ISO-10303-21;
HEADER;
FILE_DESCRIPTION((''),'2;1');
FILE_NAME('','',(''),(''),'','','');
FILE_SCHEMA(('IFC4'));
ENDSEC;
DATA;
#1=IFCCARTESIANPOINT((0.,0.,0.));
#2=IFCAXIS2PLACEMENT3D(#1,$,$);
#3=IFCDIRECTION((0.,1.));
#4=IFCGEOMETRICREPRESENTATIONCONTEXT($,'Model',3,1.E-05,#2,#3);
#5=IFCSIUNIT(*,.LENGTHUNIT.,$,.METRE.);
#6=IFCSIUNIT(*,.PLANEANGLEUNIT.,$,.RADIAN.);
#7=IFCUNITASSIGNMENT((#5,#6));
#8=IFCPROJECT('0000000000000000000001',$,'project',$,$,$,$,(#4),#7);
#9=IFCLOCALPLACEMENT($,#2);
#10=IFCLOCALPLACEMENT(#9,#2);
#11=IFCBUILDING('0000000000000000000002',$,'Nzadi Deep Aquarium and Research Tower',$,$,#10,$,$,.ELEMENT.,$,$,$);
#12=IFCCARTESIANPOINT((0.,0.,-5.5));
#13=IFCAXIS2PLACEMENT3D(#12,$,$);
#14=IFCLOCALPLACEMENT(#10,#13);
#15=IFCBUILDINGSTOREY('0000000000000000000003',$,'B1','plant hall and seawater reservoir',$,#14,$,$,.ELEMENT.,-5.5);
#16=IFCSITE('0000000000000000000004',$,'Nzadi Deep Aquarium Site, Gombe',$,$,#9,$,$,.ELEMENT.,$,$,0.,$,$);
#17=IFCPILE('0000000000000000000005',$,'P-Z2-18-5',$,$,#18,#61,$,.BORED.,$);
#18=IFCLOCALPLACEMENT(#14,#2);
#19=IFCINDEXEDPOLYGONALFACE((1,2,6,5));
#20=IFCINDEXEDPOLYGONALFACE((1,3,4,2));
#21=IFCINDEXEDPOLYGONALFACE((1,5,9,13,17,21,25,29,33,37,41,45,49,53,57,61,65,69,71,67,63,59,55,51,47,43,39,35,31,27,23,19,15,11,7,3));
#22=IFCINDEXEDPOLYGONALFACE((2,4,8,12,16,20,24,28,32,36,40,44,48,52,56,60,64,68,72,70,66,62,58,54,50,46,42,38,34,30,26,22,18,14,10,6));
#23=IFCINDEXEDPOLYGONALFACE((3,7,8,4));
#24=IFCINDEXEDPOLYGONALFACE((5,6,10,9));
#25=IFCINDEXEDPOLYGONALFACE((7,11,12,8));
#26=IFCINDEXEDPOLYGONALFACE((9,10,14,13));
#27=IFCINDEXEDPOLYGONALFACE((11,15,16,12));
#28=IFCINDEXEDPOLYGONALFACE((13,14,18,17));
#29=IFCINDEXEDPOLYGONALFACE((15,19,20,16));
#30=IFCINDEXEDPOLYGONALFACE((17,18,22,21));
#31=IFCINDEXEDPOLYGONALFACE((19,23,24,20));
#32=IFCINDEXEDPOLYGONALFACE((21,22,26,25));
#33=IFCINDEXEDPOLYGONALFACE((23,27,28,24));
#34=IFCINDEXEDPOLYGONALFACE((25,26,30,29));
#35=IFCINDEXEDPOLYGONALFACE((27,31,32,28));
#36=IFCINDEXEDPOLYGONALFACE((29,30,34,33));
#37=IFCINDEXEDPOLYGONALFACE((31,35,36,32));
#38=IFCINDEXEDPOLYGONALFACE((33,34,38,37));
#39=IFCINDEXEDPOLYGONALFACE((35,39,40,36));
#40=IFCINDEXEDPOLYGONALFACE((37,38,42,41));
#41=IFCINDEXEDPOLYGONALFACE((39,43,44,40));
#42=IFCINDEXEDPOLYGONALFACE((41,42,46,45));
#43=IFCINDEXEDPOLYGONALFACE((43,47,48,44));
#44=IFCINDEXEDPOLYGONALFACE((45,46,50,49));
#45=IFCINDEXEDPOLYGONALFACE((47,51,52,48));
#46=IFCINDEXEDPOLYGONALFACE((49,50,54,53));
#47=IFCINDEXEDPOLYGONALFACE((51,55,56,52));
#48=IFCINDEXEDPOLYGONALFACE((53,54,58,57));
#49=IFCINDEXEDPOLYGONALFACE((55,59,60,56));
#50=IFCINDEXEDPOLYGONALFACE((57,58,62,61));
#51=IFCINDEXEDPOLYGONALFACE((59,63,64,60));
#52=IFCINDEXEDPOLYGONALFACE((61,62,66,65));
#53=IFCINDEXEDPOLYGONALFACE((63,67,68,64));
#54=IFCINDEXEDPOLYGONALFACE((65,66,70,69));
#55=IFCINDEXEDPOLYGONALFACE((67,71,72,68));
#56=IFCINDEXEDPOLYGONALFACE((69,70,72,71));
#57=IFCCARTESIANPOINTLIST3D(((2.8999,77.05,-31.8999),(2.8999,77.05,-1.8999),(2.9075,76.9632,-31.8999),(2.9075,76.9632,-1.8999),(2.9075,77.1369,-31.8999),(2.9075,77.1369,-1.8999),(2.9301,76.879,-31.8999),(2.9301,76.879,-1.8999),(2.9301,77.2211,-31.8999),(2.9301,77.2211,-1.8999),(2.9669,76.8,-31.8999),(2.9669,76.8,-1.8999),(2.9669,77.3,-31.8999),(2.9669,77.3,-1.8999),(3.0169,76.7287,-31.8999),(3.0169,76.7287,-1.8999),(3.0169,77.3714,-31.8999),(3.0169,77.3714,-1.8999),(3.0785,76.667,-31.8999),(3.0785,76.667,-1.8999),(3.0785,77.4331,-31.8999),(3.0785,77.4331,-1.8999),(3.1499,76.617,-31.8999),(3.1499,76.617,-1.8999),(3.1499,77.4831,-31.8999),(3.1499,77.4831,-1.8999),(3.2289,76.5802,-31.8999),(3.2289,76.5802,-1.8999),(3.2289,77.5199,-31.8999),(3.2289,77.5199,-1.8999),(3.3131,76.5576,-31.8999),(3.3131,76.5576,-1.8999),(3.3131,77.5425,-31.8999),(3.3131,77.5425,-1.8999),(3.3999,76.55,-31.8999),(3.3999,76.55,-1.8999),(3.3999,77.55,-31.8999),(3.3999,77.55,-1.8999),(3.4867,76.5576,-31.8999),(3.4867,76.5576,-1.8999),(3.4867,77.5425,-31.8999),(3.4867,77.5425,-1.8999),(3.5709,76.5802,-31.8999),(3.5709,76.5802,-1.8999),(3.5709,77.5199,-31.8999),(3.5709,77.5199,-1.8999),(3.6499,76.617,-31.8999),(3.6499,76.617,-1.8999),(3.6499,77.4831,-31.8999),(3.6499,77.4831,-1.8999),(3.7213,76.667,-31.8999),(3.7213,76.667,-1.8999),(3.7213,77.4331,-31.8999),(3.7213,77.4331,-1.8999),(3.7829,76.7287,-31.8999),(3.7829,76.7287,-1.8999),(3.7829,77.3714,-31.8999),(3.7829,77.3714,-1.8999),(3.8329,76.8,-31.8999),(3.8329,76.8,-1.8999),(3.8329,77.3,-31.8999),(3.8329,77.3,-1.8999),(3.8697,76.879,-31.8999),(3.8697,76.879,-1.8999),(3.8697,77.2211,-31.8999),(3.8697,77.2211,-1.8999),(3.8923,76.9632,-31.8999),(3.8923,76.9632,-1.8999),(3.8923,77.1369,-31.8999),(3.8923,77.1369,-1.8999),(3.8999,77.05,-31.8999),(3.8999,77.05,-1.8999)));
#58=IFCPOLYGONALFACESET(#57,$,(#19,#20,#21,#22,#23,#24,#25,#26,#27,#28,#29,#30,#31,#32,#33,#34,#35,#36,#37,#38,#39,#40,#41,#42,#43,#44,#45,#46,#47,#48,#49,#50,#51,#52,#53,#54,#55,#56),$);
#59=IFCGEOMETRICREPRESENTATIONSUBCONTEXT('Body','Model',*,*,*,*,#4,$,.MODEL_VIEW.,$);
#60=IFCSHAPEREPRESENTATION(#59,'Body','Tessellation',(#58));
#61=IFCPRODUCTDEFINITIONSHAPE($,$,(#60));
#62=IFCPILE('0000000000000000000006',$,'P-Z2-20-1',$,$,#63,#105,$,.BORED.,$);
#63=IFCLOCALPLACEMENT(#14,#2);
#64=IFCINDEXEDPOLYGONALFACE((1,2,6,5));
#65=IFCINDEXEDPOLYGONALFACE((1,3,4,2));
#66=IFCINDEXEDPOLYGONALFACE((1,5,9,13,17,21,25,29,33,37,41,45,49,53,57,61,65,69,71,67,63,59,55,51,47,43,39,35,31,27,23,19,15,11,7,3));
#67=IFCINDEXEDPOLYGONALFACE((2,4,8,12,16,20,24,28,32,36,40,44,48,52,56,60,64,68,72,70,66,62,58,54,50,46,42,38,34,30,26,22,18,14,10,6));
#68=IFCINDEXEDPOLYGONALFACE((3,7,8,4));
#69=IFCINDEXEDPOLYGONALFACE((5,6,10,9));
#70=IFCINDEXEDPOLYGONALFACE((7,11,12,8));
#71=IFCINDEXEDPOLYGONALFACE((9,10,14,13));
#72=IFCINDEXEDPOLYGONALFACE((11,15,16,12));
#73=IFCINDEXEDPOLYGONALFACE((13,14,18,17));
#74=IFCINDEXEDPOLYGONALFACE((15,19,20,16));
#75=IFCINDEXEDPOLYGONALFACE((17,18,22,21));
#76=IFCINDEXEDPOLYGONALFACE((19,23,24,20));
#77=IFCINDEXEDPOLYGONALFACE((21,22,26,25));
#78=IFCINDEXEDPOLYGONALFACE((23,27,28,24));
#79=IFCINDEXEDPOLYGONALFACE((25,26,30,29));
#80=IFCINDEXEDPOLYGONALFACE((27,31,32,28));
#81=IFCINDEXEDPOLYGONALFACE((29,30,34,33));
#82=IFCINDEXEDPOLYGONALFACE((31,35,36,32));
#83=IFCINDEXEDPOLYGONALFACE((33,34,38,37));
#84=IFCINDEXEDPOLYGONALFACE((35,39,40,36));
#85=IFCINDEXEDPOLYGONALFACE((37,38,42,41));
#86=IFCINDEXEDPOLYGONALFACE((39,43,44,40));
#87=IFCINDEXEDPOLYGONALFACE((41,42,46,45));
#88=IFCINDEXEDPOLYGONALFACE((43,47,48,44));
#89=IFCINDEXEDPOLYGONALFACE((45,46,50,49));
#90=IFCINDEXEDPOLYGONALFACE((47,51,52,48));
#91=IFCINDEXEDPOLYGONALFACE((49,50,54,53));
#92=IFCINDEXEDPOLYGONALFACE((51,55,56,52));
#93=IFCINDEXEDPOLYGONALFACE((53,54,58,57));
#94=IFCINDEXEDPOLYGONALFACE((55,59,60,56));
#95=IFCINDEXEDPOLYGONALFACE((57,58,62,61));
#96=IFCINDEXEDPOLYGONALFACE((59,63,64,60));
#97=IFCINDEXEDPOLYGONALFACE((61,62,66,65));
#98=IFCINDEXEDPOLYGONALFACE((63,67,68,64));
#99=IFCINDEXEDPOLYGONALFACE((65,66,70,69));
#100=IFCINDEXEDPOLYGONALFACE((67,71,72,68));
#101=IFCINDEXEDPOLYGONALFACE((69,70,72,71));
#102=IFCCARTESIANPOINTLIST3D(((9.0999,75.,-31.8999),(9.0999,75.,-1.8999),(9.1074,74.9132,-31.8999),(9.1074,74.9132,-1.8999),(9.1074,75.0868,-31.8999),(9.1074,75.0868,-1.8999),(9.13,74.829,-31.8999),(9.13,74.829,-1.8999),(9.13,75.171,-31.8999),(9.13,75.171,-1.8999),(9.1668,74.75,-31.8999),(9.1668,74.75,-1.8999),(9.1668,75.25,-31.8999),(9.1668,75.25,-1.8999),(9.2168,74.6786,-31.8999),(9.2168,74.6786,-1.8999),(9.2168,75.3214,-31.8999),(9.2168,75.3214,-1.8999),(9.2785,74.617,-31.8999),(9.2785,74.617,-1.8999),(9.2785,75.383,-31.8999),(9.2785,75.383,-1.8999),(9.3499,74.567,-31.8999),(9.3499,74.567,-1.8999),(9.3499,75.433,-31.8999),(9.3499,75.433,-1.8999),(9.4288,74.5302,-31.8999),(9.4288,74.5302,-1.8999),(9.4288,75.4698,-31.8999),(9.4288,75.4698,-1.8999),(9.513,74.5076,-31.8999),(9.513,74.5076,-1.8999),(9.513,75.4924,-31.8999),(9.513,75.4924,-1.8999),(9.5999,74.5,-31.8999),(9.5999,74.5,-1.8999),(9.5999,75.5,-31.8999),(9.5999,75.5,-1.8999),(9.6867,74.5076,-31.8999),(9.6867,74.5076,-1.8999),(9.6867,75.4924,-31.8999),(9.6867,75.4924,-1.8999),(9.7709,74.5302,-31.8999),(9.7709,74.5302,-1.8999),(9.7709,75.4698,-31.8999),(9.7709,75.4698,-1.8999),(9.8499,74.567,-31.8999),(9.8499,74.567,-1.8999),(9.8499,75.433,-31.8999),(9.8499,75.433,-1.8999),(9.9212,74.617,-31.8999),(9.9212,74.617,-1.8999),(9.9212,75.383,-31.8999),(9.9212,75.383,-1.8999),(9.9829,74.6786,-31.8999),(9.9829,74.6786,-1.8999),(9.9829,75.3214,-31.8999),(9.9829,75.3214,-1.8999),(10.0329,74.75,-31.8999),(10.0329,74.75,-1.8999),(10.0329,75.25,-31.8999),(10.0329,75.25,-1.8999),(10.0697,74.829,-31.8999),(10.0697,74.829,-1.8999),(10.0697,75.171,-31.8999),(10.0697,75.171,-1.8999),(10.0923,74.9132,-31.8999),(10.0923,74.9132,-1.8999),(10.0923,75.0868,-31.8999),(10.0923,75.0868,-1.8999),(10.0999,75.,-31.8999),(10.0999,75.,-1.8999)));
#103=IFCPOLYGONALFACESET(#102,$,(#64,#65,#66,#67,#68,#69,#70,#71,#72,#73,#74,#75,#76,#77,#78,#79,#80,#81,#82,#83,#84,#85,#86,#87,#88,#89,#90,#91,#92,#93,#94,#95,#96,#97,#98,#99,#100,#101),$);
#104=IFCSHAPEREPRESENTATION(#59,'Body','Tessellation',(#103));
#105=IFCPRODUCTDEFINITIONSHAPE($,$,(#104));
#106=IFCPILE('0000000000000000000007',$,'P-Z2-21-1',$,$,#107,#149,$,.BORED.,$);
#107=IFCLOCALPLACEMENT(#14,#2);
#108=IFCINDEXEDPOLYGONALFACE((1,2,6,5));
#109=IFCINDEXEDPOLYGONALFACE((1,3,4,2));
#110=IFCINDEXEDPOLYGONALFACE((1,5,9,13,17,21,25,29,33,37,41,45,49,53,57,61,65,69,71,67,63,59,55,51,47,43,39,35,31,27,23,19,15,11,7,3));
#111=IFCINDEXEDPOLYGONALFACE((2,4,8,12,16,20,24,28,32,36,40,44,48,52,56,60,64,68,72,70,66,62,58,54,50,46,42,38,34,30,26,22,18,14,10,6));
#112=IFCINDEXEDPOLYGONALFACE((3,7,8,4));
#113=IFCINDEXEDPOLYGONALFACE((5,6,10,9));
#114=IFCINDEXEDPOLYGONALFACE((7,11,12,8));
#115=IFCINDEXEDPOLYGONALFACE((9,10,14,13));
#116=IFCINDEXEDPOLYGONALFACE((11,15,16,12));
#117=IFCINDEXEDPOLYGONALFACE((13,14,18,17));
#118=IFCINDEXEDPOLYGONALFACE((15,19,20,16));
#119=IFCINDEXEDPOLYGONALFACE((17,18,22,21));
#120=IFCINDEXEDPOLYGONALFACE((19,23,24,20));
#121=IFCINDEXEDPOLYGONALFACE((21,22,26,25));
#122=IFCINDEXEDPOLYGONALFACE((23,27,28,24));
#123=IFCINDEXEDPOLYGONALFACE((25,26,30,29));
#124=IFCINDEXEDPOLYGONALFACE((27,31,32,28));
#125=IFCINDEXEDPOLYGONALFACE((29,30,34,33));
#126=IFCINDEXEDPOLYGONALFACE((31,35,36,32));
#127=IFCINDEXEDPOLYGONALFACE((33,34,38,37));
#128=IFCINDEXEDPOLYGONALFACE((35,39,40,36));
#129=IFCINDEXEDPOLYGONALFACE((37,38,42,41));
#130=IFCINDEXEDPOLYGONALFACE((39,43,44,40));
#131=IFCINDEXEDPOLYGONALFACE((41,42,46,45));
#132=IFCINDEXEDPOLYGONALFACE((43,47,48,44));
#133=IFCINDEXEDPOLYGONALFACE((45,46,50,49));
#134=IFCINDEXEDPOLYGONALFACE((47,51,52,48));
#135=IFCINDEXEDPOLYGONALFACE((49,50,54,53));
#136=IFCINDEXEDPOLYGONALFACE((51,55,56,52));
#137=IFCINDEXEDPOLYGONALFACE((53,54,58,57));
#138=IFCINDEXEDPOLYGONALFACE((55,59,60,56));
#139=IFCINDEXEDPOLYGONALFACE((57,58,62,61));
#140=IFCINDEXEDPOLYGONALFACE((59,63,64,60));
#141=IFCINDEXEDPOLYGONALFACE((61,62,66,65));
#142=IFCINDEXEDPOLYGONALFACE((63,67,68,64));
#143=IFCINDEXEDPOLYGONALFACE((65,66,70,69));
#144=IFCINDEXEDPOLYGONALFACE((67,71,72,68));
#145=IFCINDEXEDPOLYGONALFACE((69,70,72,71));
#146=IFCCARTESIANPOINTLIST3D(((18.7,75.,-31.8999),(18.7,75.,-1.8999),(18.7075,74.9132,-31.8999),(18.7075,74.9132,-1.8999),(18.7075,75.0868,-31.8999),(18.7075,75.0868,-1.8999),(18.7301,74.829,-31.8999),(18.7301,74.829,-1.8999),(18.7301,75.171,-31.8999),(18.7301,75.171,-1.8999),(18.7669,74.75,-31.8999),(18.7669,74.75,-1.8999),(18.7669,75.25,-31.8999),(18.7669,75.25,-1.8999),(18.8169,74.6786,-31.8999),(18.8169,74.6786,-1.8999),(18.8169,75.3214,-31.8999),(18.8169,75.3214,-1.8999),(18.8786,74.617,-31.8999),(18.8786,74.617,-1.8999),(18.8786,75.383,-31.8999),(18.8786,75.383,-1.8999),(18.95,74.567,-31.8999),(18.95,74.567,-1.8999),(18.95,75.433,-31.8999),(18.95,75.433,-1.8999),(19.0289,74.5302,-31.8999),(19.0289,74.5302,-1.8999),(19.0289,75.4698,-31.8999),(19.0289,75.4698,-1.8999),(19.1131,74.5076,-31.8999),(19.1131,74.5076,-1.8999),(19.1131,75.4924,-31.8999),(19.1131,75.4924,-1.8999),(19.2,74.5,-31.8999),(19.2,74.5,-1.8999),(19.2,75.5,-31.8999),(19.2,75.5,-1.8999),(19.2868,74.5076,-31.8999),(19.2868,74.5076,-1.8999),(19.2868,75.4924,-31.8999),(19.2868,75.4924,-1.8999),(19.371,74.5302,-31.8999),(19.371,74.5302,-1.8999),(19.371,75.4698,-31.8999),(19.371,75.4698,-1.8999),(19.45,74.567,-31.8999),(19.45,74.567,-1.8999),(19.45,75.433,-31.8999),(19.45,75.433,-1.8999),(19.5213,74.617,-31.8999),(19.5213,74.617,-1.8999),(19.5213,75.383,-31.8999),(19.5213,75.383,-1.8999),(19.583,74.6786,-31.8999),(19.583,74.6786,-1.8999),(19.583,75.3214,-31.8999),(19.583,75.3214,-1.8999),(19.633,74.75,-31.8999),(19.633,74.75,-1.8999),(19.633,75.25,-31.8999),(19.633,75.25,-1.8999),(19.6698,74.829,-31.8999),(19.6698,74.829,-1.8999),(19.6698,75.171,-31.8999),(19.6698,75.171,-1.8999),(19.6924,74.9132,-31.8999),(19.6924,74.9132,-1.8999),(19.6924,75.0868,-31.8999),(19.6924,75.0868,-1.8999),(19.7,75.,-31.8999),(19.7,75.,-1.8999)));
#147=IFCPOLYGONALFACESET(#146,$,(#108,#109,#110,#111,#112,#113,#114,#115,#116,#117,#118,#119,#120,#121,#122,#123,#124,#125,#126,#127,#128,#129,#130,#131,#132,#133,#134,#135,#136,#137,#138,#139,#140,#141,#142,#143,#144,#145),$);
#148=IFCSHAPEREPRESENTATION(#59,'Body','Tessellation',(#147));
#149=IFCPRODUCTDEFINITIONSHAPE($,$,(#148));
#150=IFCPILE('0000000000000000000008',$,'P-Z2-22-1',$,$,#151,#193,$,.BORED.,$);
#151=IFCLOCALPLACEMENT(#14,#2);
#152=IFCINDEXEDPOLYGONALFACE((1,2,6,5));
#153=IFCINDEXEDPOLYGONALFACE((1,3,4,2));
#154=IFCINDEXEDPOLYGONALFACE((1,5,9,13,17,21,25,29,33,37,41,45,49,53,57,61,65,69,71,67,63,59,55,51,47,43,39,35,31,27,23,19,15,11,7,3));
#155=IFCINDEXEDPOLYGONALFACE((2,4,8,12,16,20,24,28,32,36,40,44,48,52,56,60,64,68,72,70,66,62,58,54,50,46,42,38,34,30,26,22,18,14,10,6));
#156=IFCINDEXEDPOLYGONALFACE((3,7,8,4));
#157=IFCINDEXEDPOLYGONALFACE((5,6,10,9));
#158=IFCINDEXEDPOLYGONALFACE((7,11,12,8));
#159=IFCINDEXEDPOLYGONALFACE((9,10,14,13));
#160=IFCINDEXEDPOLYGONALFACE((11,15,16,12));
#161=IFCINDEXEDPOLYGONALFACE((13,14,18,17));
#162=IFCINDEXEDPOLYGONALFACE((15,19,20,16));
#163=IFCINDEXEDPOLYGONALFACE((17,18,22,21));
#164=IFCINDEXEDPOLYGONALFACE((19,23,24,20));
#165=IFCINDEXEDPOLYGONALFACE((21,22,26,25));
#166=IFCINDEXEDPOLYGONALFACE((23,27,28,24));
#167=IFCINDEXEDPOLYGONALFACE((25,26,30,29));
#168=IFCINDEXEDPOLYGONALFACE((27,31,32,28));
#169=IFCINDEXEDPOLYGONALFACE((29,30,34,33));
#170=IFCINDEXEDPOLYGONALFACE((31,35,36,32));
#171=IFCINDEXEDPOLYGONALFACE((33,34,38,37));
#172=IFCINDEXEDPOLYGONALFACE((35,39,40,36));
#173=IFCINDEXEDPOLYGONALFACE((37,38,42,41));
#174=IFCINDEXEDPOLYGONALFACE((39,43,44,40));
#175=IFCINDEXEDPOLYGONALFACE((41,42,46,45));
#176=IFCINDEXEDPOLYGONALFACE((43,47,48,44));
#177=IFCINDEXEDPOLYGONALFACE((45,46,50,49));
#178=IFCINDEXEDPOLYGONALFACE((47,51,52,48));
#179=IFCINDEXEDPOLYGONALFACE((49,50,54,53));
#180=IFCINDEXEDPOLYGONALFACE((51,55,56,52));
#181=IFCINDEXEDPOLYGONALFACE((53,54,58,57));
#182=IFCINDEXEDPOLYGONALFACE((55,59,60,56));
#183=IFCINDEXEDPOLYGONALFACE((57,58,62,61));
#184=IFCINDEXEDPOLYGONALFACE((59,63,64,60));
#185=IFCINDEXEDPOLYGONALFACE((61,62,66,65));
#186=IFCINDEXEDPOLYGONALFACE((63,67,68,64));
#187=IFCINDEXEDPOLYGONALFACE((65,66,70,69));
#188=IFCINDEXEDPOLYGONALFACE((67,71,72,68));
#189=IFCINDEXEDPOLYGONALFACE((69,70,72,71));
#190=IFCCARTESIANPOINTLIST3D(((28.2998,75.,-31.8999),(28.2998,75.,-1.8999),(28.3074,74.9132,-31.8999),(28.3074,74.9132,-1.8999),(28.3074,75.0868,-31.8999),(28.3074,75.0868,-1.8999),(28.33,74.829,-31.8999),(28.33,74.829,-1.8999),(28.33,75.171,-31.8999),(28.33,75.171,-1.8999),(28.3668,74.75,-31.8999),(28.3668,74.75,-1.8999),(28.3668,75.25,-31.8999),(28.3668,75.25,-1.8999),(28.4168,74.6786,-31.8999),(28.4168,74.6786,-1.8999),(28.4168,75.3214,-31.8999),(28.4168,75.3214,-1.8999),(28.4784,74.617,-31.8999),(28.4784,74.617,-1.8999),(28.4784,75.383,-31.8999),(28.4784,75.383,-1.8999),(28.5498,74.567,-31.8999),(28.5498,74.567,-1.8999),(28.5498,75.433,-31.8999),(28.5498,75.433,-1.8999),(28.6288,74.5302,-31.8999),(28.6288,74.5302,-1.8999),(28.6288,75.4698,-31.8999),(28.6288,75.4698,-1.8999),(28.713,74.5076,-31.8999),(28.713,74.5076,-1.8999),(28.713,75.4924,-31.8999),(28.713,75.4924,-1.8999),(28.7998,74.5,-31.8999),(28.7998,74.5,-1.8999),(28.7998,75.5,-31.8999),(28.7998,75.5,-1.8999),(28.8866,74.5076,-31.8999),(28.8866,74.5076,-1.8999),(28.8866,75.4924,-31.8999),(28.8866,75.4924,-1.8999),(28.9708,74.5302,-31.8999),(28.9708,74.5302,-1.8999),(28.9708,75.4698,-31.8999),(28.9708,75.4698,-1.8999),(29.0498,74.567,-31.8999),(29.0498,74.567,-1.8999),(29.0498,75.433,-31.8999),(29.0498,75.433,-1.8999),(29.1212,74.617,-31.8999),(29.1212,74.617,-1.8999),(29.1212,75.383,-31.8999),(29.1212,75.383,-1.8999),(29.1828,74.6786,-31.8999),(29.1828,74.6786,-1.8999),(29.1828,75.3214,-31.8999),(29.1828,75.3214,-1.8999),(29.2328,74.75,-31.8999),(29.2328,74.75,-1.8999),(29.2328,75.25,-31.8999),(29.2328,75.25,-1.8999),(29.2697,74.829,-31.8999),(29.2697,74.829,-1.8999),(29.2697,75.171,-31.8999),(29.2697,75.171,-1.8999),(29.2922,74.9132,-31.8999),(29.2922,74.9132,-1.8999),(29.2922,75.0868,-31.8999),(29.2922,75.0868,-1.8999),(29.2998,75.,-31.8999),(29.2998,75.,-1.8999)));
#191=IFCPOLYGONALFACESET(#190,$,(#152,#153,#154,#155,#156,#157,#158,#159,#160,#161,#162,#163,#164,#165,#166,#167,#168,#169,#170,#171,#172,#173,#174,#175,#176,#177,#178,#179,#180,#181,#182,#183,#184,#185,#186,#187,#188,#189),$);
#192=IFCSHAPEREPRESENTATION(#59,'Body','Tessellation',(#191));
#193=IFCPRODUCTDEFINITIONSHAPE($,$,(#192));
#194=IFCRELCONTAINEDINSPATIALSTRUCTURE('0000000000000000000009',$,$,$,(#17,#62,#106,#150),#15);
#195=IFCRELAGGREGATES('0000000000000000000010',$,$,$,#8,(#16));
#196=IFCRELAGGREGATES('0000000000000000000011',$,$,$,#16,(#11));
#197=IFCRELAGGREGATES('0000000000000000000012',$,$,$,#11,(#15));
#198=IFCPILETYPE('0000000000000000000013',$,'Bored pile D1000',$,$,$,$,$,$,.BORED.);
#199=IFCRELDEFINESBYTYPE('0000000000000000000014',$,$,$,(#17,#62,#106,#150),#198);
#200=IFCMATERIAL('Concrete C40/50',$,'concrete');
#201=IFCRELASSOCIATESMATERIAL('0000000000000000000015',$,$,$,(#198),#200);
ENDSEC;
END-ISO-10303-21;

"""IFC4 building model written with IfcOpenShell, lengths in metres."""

from ifc_helpers import new_model, si_unit, direction, frame, origin, origin_2d, place, context, subcontext, project, spatial, circle, extrude, material, material_profile, profile_set, type_object, element, save


model = new_model("IFC4")

# Units and contexts
model_context = context("Model", 3, precision=1e-05, world=origin(), true_north=direction((0.0, 1.0)))
body_context = subcontext(model_context, "Body", "Model", "MODEL_VIEW")
ifc_project = project(units=[si_unit("LENGTHUNIT", "METRE"), si_unit("PLANEANGLEUNIT", "RADIAN")], contexts=[model_context])

# Site, building, storey
site_placement = place(None, origin())
site = spatial("IfcSite", under=ifc_project, at=site_placement, Name="Nzadi Deep Aquarium Site, Gombe", CompositionType="ELEMENT", RefElevation=0.0)
building_placement = place(site_placement, origin())
building = spatial("IfcBuilding", under=site, at=building_placement, Name="Nzadi Deep Aquarium and Research Tower", CompositionType="ELEMENT")
storey_placement = place(building_placement, frame((0.0, 0.0, -5.5)))
storey = spatial("IfcBuildingStorey", under=building, at=storey_placement, Name="B1", Description="plant hall and seawater reservoir", CompositionType="ELEMENT", Elevation=-5.5)

# Piles
ifc_material_1 = material(Name="Concrete C40/50", Category="concrete")
ifc_material_profile_1 = material_profile(ifc_material_1, circle(Radius=0.5, at=origin_2d()))
ifc_profile_set_1 = profile_set([ifc_material_profile_1], Name="Concrete C40/50")
pile_type_1 = type_object("IfcPileType", Name="Bored pile D1000", PredefinedType="BORED", material=ifc_profile_set_1)
for number, where, z_axis, x_axis, name in (
    (1, (3.3999, 77.05, -1.8999), (0.0, 0.0, -1.0), (1.0, 0.0, 0.0), "P-Z2-18-5"),
    (2, (9.5999, 75.0, -1.8999), (0.0, 0.0, -1.0), (1.0, 0.0, 0.0), "P-Z2-20-1"),
    (3, (19.2, 75.0, -1.8999), (0.0, 0.0, -1.0), (1.0, 0.0, 0.0), "P-Z2-21-1"),
    (4, (28.7998, 75.0, -1.8999), (0.0, 0.0, -1.0), (1.0, 0.0, 0.0), "P-Z2-22-1"),
):
    element("IfcPile", number, at=place(storey_placement, frame(where, z_axis=z_axis, x_axis=x_axis)), inside=storey, type_object=pile_type_1, Name=name, PredefinedType="BORED", context=body_context, shape_type="SweptSolid", body=[
        extrude(circle(Radius=0.5, at=origin_2d()), origin(), (0.0, 0.0, 1.0), 30.0),
    ])

save(model, "model.ifc")
